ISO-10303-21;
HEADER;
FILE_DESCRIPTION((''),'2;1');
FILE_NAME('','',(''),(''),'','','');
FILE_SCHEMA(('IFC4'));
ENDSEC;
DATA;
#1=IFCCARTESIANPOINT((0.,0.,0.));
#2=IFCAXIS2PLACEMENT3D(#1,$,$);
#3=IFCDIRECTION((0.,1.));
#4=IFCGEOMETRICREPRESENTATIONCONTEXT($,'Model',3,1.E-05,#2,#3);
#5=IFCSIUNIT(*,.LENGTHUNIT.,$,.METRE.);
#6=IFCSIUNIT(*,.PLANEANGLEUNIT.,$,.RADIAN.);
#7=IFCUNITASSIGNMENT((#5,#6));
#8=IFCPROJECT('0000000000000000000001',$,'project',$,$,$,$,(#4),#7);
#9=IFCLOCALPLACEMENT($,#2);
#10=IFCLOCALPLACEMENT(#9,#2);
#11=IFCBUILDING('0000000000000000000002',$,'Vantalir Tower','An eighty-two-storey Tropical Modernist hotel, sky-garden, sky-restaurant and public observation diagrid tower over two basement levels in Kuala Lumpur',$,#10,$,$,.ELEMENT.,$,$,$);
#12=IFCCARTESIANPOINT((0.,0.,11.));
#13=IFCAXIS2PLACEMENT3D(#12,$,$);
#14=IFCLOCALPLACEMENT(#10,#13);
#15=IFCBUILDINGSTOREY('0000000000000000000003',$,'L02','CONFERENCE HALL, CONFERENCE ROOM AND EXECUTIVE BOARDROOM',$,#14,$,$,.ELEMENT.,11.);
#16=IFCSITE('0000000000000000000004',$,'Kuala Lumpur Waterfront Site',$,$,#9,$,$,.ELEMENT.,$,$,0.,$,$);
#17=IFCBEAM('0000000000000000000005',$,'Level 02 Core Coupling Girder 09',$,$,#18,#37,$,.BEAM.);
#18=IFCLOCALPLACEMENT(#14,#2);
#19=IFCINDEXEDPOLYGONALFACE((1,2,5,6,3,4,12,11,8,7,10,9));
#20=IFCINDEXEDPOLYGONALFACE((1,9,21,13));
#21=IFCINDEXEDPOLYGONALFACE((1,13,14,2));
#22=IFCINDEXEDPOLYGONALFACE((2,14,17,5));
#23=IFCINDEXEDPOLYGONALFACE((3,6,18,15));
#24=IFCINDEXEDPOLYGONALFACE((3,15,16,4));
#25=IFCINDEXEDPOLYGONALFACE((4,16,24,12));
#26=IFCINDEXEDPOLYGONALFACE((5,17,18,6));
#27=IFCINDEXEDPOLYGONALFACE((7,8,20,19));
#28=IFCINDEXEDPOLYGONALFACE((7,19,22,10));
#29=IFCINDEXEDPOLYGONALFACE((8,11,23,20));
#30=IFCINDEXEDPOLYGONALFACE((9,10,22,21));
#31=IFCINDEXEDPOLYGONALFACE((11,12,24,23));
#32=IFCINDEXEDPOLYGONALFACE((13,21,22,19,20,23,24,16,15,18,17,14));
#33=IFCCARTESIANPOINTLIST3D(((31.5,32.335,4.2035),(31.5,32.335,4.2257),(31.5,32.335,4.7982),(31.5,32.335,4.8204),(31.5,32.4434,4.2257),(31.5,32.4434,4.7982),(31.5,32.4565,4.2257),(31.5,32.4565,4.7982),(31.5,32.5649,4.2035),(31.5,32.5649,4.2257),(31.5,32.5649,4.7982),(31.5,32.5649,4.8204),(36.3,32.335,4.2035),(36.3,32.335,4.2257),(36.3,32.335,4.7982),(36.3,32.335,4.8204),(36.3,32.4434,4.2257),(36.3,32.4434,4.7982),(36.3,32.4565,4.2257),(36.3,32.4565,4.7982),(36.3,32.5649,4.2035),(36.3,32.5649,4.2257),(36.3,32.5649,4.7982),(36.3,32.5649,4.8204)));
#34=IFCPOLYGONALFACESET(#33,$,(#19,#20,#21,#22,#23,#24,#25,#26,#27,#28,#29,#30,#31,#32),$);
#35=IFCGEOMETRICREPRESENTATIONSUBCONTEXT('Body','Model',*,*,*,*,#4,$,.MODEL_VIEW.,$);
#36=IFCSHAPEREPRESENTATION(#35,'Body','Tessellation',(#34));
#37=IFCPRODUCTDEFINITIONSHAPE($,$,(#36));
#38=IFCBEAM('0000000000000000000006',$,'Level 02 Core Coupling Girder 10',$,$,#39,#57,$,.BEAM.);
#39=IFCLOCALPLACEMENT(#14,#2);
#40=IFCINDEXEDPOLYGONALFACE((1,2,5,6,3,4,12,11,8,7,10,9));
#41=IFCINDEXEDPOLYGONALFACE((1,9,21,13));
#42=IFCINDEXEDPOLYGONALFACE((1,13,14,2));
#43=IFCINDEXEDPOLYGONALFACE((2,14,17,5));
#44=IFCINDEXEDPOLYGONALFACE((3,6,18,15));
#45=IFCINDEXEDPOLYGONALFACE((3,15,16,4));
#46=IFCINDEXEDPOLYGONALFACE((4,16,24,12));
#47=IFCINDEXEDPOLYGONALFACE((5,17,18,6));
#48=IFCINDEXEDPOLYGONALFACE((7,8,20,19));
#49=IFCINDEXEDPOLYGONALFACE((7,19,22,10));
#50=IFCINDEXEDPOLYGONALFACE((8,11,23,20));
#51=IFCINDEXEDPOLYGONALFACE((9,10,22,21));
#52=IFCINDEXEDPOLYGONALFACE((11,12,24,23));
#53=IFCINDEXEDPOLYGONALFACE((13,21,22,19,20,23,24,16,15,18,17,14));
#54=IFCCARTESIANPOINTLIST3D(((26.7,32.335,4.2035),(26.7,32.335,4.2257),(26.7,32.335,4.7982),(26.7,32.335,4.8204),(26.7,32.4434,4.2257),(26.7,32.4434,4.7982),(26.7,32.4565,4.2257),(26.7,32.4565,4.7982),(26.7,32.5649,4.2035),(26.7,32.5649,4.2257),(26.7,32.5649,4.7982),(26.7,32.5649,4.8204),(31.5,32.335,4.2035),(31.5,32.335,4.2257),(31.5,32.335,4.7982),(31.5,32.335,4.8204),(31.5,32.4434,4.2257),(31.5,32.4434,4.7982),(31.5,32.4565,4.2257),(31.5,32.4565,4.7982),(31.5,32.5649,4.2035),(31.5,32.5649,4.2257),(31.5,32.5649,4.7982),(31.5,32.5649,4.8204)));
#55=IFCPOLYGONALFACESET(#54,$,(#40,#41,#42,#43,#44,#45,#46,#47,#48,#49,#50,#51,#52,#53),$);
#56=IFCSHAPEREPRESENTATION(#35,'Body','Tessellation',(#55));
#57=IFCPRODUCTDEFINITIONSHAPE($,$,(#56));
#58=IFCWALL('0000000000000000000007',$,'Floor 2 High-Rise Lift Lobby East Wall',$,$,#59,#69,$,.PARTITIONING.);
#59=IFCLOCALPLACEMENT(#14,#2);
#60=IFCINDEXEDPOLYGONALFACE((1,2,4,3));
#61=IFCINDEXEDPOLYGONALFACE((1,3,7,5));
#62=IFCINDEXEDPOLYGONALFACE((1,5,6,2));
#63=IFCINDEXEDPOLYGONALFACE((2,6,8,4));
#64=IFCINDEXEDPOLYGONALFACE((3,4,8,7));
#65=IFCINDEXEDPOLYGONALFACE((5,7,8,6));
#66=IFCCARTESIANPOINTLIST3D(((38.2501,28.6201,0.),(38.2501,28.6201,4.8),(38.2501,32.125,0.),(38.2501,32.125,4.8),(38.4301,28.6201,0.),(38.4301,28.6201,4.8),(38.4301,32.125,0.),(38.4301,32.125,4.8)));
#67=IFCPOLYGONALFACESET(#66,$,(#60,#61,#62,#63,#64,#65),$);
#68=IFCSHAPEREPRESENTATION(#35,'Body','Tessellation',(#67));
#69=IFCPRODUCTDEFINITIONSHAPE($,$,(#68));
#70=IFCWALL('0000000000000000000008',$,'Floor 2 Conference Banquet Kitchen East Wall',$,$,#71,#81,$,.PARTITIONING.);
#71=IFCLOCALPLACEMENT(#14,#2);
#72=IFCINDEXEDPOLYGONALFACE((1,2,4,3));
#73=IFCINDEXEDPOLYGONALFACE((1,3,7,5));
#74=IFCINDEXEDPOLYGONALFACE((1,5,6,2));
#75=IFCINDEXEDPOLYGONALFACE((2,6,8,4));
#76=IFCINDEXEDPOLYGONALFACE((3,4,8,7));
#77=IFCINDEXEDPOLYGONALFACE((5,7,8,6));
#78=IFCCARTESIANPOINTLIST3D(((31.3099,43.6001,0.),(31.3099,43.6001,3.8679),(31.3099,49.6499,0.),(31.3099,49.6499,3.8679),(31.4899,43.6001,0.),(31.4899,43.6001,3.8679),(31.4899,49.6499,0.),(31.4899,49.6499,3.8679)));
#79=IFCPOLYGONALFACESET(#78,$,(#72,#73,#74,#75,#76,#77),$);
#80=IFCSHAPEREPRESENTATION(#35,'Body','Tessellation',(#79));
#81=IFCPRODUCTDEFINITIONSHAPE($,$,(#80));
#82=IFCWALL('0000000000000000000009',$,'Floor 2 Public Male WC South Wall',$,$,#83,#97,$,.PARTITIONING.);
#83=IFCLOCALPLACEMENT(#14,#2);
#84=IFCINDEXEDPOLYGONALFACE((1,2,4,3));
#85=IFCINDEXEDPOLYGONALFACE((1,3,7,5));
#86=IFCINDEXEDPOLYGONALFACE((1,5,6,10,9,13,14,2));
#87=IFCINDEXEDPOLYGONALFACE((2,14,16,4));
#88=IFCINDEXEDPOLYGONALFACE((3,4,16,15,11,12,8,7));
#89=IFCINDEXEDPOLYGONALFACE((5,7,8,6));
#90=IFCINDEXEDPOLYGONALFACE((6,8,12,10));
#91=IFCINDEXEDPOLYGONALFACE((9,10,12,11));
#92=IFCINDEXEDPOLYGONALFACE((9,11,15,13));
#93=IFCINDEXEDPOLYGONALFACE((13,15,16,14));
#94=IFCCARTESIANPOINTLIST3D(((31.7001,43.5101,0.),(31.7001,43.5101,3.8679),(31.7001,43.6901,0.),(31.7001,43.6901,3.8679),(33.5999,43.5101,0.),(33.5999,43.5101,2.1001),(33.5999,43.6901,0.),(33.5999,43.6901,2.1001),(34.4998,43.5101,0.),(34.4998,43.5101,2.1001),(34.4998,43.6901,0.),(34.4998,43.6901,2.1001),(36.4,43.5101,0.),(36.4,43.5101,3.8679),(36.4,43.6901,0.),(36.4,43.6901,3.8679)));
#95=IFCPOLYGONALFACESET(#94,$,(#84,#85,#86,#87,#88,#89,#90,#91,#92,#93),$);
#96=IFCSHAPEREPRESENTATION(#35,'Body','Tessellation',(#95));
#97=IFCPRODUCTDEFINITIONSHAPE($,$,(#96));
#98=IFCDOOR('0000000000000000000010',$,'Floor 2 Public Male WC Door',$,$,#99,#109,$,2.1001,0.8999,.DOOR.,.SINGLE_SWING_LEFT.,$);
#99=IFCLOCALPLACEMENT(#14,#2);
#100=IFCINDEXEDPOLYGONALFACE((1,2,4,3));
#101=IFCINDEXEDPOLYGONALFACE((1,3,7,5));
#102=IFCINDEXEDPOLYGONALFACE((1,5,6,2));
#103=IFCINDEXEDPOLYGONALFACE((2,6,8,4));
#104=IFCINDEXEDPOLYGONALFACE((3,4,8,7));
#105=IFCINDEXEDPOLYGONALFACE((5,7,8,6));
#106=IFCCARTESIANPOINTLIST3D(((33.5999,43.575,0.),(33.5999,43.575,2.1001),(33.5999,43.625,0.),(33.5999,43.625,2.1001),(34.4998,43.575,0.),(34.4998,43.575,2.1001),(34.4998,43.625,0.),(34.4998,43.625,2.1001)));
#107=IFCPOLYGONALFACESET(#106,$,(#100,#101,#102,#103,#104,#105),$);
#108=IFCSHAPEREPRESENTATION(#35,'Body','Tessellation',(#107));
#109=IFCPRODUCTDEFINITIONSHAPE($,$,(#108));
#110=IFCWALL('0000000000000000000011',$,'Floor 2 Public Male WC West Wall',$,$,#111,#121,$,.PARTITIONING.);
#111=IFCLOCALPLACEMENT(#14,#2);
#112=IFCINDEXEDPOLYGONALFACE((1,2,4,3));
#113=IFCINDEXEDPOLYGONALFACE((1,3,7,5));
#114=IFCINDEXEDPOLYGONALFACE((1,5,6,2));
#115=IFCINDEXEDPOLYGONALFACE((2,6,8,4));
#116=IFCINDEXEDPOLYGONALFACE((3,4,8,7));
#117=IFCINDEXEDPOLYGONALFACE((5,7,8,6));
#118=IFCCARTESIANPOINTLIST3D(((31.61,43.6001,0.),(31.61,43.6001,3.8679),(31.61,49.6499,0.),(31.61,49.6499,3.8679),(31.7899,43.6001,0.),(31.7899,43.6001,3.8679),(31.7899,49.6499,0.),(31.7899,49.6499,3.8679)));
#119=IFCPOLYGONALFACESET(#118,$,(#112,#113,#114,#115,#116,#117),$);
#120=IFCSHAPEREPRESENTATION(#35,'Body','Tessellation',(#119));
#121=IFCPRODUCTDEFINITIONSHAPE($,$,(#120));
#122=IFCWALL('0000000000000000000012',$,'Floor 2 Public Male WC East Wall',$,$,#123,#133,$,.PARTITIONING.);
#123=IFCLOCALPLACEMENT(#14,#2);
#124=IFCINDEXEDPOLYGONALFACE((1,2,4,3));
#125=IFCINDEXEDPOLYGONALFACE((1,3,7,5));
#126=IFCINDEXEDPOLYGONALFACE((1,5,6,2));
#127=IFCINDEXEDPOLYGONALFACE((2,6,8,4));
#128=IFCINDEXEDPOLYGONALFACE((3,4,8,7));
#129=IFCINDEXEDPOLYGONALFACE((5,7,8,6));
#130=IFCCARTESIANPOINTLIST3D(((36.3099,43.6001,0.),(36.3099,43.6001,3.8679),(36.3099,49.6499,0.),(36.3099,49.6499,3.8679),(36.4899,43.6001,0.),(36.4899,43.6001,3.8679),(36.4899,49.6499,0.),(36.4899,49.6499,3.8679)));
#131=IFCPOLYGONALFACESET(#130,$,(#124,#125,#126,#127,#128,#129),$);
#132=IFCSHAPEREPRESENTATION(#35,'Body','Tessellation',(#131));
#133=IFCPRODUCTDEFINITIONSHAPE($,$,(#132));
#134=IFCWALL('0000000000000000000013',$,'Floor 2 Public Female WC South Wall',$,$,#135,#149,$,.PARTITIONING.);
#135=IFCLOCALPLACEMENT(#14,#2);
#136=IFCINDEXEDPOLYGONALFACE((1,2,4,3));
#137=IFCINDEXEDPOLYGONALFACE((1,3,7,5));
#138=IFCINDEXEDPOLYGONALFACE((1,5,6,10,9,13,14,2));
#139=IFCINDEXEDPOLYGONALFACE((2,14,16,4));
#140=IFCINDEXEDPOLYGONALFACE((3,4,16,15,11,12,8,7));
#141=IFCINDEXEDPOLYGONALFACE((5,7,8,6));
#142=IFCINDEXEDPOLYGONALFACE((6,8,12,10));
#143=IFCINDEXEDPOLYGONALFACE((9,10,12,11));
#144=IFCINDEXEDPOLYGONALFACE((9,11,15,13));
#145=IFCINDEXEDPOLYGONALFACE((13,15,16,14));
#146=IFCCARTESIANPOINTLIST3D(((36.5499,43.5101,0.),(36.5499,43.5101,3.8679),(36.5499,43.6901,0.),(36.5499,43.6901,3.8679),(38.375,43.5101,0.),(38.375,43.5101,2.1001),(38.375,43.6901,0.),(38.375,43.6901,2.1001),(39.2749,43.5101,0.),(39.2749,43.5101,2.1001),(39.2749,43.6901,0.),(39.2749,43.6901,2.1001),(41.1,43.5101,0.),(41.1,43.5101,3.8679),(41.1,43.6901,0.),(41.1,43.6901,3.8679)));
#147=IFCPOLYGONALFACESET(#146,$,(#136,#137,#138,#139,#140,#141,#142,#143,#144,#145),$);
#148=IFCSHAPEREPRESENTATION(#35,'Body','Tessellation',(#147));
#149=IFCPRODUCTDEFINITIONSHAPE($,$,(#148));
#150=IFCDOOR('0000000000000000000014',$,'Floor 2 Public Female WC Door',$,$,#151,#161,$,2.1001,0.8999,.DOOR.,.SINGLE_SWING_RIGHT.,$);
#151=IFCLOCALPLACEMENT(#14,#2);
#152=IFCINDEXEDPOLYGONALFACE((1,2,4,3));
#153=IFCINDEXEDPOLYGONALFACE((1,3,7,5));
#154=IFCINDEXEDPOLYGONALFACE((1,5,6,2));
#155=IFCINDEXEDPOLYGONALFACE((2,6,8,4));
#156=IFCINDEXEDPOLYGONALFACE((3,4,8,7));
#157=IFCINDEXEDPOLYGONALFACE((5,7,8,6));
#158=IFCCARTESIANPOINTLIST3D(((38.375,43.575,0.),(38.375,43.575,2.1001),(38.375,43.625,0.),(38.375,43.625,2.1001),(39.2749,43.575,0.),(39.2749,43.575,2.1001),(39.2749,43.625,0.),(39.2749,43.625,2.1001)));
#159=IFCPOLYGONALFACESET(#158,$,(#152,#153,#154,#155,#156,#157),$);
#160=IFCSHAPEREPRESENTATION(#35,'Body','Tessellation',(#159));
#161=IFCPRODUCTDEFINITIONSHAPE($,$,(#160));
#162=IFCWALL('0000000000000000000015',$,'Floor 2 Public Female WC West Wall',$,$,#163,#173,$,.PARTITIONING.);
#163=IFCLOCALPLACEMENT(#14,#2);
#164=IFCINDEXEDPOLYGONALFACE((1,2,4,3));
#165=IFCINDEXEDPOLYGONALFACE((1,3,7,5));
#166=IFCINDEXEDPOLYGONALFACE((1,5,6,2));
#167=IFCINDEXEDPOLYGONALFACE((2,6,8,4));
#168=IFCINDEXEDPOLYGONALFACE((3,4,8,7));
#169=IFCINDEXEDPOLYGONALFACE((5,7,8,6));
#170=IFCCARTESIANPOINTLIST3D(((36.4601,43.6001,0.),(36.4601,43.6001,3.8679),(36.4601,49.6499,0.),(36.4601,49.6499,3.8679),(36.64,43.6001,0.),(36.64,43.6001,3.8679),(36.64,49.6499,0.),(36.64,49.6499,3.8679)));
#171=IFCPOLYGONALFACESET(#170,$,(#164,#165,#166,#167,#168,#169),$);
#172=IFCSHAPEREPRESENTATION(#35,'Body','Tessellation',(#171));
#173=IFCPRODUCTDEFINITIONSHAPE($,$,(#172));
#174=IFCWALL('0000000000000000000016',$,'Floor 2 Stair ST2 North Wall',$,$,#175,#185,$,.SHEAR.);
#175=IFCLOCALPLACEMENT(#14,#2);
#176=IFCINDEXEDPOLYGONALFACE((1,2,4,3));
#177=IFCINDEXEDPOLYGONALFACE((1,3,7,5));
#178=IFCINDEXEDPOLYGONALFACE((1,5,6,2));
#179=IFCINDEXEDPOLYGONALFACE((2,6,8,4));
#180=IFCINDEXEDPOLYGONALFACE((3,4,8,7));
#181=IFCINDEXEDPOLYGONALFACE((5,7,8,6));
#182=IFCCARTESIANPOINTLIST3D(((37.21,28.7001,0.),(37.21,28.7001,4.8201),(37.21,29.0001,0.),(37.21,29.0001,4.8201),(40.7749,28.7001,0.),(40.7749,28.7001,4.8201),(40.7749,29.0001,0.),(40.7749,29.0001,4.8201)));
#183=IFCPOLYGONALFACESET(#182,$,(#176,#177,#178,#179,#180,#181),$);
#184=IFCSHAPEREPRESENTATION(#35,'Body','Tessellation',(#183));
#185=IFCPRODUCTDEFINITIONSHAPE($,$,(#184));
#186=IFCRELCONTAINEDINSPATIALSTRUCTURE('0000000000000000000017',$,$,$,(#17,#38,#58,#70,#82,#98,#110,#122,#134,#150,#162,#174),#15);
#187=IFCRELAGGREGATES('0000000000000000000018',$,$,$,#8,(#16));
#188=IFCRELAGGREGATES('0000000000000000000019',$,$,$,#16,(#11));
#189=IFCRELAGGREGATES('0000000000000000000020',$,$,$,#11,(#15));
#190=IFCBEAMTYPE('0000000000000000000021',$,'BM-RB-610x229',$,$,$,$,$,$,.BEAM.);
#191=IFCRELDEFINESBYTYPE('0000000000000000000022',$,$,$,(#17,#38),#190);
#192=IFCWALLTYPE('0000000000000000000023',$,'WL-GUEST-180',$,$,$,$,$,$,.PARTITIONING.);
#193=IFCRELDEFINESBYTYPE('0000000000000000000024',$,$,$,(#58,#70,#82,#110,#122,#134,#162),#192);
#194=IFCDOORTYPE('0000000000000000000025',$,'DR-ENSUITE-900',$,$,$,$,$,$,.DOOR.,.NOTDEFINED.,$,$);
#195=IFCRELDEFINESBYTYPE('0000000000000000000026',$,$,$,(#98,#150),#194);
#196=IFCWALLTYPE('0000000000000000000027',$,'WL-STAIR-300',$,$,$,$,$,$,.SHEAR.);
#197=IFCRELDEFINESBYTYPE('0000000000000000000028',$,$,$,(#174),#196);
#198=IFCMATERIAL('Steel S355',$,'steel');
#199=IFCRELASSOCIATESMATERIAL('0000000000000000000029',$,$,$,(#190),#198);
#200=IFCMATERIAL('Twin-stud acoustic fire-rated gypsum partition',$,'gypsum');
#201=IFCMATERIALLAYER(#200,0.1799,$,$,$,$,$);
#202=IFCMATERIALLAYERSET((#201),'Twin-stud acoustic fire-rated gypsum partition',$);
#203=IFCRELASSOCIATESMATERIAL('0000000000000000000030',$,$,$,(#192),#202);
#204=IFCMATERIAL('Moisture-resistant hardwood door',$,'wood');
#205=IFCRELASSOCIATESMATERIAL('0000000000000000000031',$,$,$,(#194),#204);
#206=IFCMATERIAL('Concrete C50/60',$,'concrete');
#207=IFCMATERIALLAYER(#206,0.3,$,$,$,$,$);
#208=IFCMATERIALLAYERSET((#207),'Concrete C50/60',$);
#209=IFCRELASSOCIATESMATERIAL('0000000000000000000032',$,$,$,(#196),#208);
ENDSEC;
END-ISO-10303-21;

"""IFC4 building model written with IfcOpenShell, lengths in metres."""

from ifc_helpers import new_model, si_unit, direction, frame, frame_2d, origin, origin_2d, place, context, subcontext, project, spatial, rectangle, i_section, extrude, material, layer, layer_set, material_profile, profile_set, type_object, element, fill, save


model = new_model("IFC4")

# Units and contexts
model_context = context("Model", 3, precision=1e-05, world=origin(), true_north=direction((0.0, 1.0)))
body_context = subcontext(model_context, "Body", "Model", "MODEL_VIEW")
ifc_project = project(units=[si_unit("LENGTHUNIT", "METRE"), si_unit("PLANEANGLEUNIT", "RADIAN")], contexts=[model_context])

# Site, building, storey
site_placement = place(None, origin())
site = spatial("IfcSite", under=ifc_project, at=site_placement, Name="Kuala Lumpur Waterfront Site", CompositionType="ELEMENT", RefElevation=0.0)
building_placement = place(site_placement, origin())
building = spatial("IfcBuilding", under=site, at=building_placement, Name="Vantalir Tower", Description="An eighty-two-storey Tropical Modernist hotel, sky-garden, sky-restaurant and public observation diagrid tower over two basement levels in Kuala Lumpur", CompositionType="ELEMENT")
storey_placement = place(building_placement, frame((0.0, 0.0, 11.0)))
storey = spatial("IfcBuildingStorey", under=building, at=storey_placement, Name="L02", Description="CONFERENCE HALL, CONFERENCE ROOM AND EXECUTIVE BOARDROOM", CompositionType="ELEMENT", Elevation=11.0)

# Shared definitions
ifc_material_1 = material(Name="Concrete C50/60", Category="concrete")

# Beams
ifc_material_2 = material(Name="Steel S355", Category="steel")
ifc_material_profile_1 = material_profile(ifc_material_2, i_section(OverallWidth=0.23, OverallDepth=0.6169, WebThickness=0.0132, FlangeThickness=0.0222, at=origin_2d()), Name="Steel S355")
ifc_profile_set_1 = profile_set([ifc_material_profile_1], Name="Steel S355")
beam_type_1 = type_object("IfcBeamType", Name="BM-RB-610x229", PredefinedType="BEAM", material=ifc_profile_set_1)
for number, where, z_axis, x_axis, name in (
    (1, (36.3, 32.45, 4.512), (-1.0, 0.0, 0.0), (0.0, -1.0, 0.0), "Level 02 Core Coupling Girder 09"),
    (2, (31.5, 32.45, 4.512), (-1.0, 0.0, 0.0), (0.0, -1.0, 0.0), "Level 02 Core Coupling Girder 10"),
):
    element("IfcBeam", number, at=place(storey_placement, frame(where, z_axis=z_axis, x_axis=x_axis)), inside=storey, type_object=beam_type_1, Name=name, PredefinedType="BEAM", context=body_context, shape_type="SweptSolid", body=[
        extrude(i_section(OverallWidth=0.23, OverallDepth=0.6169, WebThickness=0.0132, FlangeThickness=0.0222, at=origin_2d()), origin(), (0.0, 0.0, 1.0), 4.8),
    ])

# Walls
ifc_material_3 = material(Name="Twin-stud acoustic fire-rated gypsum partition", Category="gypsum")
ifc_layer_1 = layer(ifc_material_3, 0.1799)
ifc_layer_set_1 = layer_set([ifc_layer_1], Name="Twin-stud acoustic fire-rated gypsum partition")
wall_type_1 = type_object("IfcWallType", Name="WL-GUEST-180", PredefinedType="PARTITIONING", material=ifc_layer_set_1)
wall_1_placement = place(storey_placement, frame((38.3401, 28.6201, 0.0), z_axis=(0.0, 0.0, 1.0), x_axis=(0.0, 1.0, 0.0)))
element("IfcWall", 3, at=wall_1_placement, inside=storey, type_object=wall_type_1, Name="Floor 2 High-Rise Lift Lobby East Wall", PredefinedType="PARTITIONING", context=body_context, shape_type="SweptSolid", body=[
    extrude(rectangle(XDim=3.5049, YDim=0.1799, at=frame_2d((1.7524, 0.0))), origin(), (0.0, 0.0, 1.0), 4.8),
])
wall_2_placement = place(storey_placement, frame((31.3999, 43.6001, 0.0), z_axis=(0.0, 0.0, 1.0), x_axis=(0.0, 1.0, 0.0)))
element("IfcWall", 4, at=wall_2_placement, inside=storey, type_object=wall_type_1, Name="Floor 2 Conference Banquet Kitchen East Wall", PredefinedType="PARTITIONING", context=body_context, shape_type="SweptSolid", body=[
    extrude(rectangle(XDim=6.0498, YDim=0.1799, at=frame_2d((3.0249, 0.0))), origin(), (0.0, 0.0, 1.0), 3.8679),
])

# Wall, opening, door
wall_3_placement = place(storey_placement, frame((31.7, 43.6001, 0.0), z_axis=(0.0, 0.0, 1.0), x_axis=(1.0, 0.0, 0.0)))
wall_3 = element("IfcWall", 5, at=wall_3_placement, inside=storey, type_object=wall_type_1, Name="Floor 2 Public Male WC South Wall", PredefinedType="PARTITIONING", context=body_context, shape_type="SweptSolid", body=[
    extrude(rectangle(XDim=4.7, YDim=0.1799, at=frame_2d((2.3501, 0.0))), origin(), (0.0, 0.0, 1.0), 3.8679),
])
opening_1_placement = place(wall_3_placement, frame((1.8999, 0.0, 0.0)))
opening_1 = element("IfcOpeningElement", 6, at=opening_1_placement, cuts=wall_3, PredefinedType="OPENING", context=body_context, shape_type="SweptSolid", body=[
    extrude(rectangle(XDim=0.8999, YDim=2.1001, at=frame_2d((0.45, 1.05))), frame((0.0, 0.0999, 0.0), z_axis=(0.0, -1.0, 0.0), x_axis=(1.0, 0.0, 0.0)), (0.0, 0.0, 1.0), 0.2),
])
ifc_material_4 = material(Name="Moisture-resistant hardwood door", Category="wood")
door_type = type_object("IfcDoorType", Name="DR-ENSUITE-900", OperationType="NOTDEFINED", PredefinedType="DOOR", material=ifc_material_4)
door_1_placement = place(opening_1_placement, origin())
door_1 = element("IfcDoor", 7, at=door_1_placement, inside=storey, type_object=door_type, Name="Floor 2 Public Male WC Door", OperationType="SINGLE_SWING_LEFT", OverallHeight=2.1001, OverallWidth=0.8999, PredefinedType="DOOR", context=body_context, shape_type="SweptSolid", body=[
    extrude(rectangle(XDim=0.8999, YDim=2.1001, at=frame_2d((0.45, 1.05))), frame((0.0, 0.0249, 0.0), z_axis=(0.0, -1.0, 0.0), x_axis=(1.0, 0.0, 0.0)), (0.0, 0.0, 1.0), 0.05),
])
fill(opening_1, door_1)

# Walls
for number, where, z_axis, x_axis, name in (
    (8, (31.7, 43.6001, 0.0), (0.0, 0.0, 1.0), (0.0, 1.0, 0.0), "Floor 2 Public Male WC West Wall"),
    (9, (36.3999, 43.6001, 0.0), (0.0, 0.0, 1.0), (0.0, 1.0, 0.0), "Floor 2 Public Male WC East Wall"),
):
    element("IfcWall", number, at=place(storey_placement, frame(where, z_axis=z_axis, x_axis=x_axis)), inside=storey, type_object=wall_type_1, Name=name, PredefinedType="PARTITIONING", context=body_context, shape_type="SweptSolid", body=[
        extrude(rectangle(XDim=6.0498, YDim=0.1799, at=frame_2d((3.0249, 0.0))), origin(), (0.0, 0.0, 1.0), 3.8679),
    ])

# Wall, opening, door
wall_4_placement = place(storey_placement, frame((36.55, 43.6001, 0.0), z_axis=(0.0, 0.0, 1.0), x_axis=(1.0, 0.0, 0.0)))
wall_4 = element("IfcWall", 10, at=wall_4_placement, inside=storey, type_object=wall_type_1, Name="Floor 2 Public Female WC South Wall", PredefinedType="PARTITIONING", context=body_context, shape_type="SweptSolid", body=[
    extrude(rectangle(XDim=4.55, YDim=0.1799, at=frame_2d((2.2749, 0.0))), origin(), (0.0, 0.0, 1.0), 3.8679),
])
opening_2_placement = place(wall_4_placement, frame((1.825, 0.0, 0.0)))
opening_2 = element("IfcOpeningElement", 11, at=opening_2_placement, cuts=wall_4, PredefinedType="OPENING", context=body_context, shape_type="SweptSolid", body=[
    extrude(rectangle(XDim=0.8999, YDim=2.1001, at=frame_2d((0.45, 1.05))), frame((0.0, 0.0999, 0.0), z_axis=(0.0, -1.0, 0.0), x_axis=(1.0, 0.0, 0.0)), (0.0, 0.0, 1.0), 0.2),
])
door_2_placement = place(opening_2_placement, origin())
door_2 = element("IfcDoor", 12, at=door_2_placement, inside=storey, type_object=door_type, Name="Floor 2 Public Female WC Door", OperationType="SINGLE_SWING_RIGHT", OverallHeight=2.1001, OverallWidth=0.8999, PredefinedType="DOOR", context=body_context, shape_type="SweptSolid", body=[
    extrude(rectangle(XDim=0.8999, YDim=2.1001, at=frame_2d((0.45, 1.05))), frame((0.0, 0.0249, 0.0), z_axis=(0.0, -1.0, 0.0), x_axis=(1.0, 0.0, 0.0)), (0.0, 0.0, 1.0), 0.05),
])
fill(opening_2, door_2)

# Walls
wall_5_placement = place(storey_placement, frame((36.55, 43.6001, 0.0), z_axis=(0.0, 0.0, 1.0), x_axis=(0.0, 1.0, 0.0)))
element("IfcWall", 13, at=wall_5_placement, inside=storey, type_object=wall_type_1, Name="Floor 2 Public Female WC West Wall", PredefinedType="PARTITIONING", context=body_context, shape_type="SweptSolid", body=[
    extrude(rectangle(XDim=6.0498, YDim=0.1799, at=frame_2d((3.0249, 0.0))), origin(), (0.0, 0.0, 1.0), 3.8679),
])
ifc_layer_2 = layer(ifc_material_1, 0.3)
ifc_layer_set_2 = layer_set([ifc_layer_2], Name="Concrete C50/60")
wall_type_2 = type_object("IfcWallType", Name="WL-STAIR-300", PredefinedType="SHEAR", material=ifc_layer_set_2)
wall_6_placement = place(storey_placement, frame((37.21, 28.8501, 0.0), z_axis=(0.0, 0.0, 1.0), x_axis=(1.0, 0.0, 0.0)))
element("IfcWall", 14, at=wall_6_placement, inside=storey, type_object=wall_type_2, Name="Floor 2 Stair ST2 North Wall", PredefinedType="SHEAR", context=body_context, shape_type="SweptSolid", body=[
    extrude(rectangle(XDim=3.5649, YDim=0.3, at=frame_2d((1.7825, 0.0))), origin(), (0.0, 0.0, 1.0), 4.8201),
])

save(model, "model.ifc")
